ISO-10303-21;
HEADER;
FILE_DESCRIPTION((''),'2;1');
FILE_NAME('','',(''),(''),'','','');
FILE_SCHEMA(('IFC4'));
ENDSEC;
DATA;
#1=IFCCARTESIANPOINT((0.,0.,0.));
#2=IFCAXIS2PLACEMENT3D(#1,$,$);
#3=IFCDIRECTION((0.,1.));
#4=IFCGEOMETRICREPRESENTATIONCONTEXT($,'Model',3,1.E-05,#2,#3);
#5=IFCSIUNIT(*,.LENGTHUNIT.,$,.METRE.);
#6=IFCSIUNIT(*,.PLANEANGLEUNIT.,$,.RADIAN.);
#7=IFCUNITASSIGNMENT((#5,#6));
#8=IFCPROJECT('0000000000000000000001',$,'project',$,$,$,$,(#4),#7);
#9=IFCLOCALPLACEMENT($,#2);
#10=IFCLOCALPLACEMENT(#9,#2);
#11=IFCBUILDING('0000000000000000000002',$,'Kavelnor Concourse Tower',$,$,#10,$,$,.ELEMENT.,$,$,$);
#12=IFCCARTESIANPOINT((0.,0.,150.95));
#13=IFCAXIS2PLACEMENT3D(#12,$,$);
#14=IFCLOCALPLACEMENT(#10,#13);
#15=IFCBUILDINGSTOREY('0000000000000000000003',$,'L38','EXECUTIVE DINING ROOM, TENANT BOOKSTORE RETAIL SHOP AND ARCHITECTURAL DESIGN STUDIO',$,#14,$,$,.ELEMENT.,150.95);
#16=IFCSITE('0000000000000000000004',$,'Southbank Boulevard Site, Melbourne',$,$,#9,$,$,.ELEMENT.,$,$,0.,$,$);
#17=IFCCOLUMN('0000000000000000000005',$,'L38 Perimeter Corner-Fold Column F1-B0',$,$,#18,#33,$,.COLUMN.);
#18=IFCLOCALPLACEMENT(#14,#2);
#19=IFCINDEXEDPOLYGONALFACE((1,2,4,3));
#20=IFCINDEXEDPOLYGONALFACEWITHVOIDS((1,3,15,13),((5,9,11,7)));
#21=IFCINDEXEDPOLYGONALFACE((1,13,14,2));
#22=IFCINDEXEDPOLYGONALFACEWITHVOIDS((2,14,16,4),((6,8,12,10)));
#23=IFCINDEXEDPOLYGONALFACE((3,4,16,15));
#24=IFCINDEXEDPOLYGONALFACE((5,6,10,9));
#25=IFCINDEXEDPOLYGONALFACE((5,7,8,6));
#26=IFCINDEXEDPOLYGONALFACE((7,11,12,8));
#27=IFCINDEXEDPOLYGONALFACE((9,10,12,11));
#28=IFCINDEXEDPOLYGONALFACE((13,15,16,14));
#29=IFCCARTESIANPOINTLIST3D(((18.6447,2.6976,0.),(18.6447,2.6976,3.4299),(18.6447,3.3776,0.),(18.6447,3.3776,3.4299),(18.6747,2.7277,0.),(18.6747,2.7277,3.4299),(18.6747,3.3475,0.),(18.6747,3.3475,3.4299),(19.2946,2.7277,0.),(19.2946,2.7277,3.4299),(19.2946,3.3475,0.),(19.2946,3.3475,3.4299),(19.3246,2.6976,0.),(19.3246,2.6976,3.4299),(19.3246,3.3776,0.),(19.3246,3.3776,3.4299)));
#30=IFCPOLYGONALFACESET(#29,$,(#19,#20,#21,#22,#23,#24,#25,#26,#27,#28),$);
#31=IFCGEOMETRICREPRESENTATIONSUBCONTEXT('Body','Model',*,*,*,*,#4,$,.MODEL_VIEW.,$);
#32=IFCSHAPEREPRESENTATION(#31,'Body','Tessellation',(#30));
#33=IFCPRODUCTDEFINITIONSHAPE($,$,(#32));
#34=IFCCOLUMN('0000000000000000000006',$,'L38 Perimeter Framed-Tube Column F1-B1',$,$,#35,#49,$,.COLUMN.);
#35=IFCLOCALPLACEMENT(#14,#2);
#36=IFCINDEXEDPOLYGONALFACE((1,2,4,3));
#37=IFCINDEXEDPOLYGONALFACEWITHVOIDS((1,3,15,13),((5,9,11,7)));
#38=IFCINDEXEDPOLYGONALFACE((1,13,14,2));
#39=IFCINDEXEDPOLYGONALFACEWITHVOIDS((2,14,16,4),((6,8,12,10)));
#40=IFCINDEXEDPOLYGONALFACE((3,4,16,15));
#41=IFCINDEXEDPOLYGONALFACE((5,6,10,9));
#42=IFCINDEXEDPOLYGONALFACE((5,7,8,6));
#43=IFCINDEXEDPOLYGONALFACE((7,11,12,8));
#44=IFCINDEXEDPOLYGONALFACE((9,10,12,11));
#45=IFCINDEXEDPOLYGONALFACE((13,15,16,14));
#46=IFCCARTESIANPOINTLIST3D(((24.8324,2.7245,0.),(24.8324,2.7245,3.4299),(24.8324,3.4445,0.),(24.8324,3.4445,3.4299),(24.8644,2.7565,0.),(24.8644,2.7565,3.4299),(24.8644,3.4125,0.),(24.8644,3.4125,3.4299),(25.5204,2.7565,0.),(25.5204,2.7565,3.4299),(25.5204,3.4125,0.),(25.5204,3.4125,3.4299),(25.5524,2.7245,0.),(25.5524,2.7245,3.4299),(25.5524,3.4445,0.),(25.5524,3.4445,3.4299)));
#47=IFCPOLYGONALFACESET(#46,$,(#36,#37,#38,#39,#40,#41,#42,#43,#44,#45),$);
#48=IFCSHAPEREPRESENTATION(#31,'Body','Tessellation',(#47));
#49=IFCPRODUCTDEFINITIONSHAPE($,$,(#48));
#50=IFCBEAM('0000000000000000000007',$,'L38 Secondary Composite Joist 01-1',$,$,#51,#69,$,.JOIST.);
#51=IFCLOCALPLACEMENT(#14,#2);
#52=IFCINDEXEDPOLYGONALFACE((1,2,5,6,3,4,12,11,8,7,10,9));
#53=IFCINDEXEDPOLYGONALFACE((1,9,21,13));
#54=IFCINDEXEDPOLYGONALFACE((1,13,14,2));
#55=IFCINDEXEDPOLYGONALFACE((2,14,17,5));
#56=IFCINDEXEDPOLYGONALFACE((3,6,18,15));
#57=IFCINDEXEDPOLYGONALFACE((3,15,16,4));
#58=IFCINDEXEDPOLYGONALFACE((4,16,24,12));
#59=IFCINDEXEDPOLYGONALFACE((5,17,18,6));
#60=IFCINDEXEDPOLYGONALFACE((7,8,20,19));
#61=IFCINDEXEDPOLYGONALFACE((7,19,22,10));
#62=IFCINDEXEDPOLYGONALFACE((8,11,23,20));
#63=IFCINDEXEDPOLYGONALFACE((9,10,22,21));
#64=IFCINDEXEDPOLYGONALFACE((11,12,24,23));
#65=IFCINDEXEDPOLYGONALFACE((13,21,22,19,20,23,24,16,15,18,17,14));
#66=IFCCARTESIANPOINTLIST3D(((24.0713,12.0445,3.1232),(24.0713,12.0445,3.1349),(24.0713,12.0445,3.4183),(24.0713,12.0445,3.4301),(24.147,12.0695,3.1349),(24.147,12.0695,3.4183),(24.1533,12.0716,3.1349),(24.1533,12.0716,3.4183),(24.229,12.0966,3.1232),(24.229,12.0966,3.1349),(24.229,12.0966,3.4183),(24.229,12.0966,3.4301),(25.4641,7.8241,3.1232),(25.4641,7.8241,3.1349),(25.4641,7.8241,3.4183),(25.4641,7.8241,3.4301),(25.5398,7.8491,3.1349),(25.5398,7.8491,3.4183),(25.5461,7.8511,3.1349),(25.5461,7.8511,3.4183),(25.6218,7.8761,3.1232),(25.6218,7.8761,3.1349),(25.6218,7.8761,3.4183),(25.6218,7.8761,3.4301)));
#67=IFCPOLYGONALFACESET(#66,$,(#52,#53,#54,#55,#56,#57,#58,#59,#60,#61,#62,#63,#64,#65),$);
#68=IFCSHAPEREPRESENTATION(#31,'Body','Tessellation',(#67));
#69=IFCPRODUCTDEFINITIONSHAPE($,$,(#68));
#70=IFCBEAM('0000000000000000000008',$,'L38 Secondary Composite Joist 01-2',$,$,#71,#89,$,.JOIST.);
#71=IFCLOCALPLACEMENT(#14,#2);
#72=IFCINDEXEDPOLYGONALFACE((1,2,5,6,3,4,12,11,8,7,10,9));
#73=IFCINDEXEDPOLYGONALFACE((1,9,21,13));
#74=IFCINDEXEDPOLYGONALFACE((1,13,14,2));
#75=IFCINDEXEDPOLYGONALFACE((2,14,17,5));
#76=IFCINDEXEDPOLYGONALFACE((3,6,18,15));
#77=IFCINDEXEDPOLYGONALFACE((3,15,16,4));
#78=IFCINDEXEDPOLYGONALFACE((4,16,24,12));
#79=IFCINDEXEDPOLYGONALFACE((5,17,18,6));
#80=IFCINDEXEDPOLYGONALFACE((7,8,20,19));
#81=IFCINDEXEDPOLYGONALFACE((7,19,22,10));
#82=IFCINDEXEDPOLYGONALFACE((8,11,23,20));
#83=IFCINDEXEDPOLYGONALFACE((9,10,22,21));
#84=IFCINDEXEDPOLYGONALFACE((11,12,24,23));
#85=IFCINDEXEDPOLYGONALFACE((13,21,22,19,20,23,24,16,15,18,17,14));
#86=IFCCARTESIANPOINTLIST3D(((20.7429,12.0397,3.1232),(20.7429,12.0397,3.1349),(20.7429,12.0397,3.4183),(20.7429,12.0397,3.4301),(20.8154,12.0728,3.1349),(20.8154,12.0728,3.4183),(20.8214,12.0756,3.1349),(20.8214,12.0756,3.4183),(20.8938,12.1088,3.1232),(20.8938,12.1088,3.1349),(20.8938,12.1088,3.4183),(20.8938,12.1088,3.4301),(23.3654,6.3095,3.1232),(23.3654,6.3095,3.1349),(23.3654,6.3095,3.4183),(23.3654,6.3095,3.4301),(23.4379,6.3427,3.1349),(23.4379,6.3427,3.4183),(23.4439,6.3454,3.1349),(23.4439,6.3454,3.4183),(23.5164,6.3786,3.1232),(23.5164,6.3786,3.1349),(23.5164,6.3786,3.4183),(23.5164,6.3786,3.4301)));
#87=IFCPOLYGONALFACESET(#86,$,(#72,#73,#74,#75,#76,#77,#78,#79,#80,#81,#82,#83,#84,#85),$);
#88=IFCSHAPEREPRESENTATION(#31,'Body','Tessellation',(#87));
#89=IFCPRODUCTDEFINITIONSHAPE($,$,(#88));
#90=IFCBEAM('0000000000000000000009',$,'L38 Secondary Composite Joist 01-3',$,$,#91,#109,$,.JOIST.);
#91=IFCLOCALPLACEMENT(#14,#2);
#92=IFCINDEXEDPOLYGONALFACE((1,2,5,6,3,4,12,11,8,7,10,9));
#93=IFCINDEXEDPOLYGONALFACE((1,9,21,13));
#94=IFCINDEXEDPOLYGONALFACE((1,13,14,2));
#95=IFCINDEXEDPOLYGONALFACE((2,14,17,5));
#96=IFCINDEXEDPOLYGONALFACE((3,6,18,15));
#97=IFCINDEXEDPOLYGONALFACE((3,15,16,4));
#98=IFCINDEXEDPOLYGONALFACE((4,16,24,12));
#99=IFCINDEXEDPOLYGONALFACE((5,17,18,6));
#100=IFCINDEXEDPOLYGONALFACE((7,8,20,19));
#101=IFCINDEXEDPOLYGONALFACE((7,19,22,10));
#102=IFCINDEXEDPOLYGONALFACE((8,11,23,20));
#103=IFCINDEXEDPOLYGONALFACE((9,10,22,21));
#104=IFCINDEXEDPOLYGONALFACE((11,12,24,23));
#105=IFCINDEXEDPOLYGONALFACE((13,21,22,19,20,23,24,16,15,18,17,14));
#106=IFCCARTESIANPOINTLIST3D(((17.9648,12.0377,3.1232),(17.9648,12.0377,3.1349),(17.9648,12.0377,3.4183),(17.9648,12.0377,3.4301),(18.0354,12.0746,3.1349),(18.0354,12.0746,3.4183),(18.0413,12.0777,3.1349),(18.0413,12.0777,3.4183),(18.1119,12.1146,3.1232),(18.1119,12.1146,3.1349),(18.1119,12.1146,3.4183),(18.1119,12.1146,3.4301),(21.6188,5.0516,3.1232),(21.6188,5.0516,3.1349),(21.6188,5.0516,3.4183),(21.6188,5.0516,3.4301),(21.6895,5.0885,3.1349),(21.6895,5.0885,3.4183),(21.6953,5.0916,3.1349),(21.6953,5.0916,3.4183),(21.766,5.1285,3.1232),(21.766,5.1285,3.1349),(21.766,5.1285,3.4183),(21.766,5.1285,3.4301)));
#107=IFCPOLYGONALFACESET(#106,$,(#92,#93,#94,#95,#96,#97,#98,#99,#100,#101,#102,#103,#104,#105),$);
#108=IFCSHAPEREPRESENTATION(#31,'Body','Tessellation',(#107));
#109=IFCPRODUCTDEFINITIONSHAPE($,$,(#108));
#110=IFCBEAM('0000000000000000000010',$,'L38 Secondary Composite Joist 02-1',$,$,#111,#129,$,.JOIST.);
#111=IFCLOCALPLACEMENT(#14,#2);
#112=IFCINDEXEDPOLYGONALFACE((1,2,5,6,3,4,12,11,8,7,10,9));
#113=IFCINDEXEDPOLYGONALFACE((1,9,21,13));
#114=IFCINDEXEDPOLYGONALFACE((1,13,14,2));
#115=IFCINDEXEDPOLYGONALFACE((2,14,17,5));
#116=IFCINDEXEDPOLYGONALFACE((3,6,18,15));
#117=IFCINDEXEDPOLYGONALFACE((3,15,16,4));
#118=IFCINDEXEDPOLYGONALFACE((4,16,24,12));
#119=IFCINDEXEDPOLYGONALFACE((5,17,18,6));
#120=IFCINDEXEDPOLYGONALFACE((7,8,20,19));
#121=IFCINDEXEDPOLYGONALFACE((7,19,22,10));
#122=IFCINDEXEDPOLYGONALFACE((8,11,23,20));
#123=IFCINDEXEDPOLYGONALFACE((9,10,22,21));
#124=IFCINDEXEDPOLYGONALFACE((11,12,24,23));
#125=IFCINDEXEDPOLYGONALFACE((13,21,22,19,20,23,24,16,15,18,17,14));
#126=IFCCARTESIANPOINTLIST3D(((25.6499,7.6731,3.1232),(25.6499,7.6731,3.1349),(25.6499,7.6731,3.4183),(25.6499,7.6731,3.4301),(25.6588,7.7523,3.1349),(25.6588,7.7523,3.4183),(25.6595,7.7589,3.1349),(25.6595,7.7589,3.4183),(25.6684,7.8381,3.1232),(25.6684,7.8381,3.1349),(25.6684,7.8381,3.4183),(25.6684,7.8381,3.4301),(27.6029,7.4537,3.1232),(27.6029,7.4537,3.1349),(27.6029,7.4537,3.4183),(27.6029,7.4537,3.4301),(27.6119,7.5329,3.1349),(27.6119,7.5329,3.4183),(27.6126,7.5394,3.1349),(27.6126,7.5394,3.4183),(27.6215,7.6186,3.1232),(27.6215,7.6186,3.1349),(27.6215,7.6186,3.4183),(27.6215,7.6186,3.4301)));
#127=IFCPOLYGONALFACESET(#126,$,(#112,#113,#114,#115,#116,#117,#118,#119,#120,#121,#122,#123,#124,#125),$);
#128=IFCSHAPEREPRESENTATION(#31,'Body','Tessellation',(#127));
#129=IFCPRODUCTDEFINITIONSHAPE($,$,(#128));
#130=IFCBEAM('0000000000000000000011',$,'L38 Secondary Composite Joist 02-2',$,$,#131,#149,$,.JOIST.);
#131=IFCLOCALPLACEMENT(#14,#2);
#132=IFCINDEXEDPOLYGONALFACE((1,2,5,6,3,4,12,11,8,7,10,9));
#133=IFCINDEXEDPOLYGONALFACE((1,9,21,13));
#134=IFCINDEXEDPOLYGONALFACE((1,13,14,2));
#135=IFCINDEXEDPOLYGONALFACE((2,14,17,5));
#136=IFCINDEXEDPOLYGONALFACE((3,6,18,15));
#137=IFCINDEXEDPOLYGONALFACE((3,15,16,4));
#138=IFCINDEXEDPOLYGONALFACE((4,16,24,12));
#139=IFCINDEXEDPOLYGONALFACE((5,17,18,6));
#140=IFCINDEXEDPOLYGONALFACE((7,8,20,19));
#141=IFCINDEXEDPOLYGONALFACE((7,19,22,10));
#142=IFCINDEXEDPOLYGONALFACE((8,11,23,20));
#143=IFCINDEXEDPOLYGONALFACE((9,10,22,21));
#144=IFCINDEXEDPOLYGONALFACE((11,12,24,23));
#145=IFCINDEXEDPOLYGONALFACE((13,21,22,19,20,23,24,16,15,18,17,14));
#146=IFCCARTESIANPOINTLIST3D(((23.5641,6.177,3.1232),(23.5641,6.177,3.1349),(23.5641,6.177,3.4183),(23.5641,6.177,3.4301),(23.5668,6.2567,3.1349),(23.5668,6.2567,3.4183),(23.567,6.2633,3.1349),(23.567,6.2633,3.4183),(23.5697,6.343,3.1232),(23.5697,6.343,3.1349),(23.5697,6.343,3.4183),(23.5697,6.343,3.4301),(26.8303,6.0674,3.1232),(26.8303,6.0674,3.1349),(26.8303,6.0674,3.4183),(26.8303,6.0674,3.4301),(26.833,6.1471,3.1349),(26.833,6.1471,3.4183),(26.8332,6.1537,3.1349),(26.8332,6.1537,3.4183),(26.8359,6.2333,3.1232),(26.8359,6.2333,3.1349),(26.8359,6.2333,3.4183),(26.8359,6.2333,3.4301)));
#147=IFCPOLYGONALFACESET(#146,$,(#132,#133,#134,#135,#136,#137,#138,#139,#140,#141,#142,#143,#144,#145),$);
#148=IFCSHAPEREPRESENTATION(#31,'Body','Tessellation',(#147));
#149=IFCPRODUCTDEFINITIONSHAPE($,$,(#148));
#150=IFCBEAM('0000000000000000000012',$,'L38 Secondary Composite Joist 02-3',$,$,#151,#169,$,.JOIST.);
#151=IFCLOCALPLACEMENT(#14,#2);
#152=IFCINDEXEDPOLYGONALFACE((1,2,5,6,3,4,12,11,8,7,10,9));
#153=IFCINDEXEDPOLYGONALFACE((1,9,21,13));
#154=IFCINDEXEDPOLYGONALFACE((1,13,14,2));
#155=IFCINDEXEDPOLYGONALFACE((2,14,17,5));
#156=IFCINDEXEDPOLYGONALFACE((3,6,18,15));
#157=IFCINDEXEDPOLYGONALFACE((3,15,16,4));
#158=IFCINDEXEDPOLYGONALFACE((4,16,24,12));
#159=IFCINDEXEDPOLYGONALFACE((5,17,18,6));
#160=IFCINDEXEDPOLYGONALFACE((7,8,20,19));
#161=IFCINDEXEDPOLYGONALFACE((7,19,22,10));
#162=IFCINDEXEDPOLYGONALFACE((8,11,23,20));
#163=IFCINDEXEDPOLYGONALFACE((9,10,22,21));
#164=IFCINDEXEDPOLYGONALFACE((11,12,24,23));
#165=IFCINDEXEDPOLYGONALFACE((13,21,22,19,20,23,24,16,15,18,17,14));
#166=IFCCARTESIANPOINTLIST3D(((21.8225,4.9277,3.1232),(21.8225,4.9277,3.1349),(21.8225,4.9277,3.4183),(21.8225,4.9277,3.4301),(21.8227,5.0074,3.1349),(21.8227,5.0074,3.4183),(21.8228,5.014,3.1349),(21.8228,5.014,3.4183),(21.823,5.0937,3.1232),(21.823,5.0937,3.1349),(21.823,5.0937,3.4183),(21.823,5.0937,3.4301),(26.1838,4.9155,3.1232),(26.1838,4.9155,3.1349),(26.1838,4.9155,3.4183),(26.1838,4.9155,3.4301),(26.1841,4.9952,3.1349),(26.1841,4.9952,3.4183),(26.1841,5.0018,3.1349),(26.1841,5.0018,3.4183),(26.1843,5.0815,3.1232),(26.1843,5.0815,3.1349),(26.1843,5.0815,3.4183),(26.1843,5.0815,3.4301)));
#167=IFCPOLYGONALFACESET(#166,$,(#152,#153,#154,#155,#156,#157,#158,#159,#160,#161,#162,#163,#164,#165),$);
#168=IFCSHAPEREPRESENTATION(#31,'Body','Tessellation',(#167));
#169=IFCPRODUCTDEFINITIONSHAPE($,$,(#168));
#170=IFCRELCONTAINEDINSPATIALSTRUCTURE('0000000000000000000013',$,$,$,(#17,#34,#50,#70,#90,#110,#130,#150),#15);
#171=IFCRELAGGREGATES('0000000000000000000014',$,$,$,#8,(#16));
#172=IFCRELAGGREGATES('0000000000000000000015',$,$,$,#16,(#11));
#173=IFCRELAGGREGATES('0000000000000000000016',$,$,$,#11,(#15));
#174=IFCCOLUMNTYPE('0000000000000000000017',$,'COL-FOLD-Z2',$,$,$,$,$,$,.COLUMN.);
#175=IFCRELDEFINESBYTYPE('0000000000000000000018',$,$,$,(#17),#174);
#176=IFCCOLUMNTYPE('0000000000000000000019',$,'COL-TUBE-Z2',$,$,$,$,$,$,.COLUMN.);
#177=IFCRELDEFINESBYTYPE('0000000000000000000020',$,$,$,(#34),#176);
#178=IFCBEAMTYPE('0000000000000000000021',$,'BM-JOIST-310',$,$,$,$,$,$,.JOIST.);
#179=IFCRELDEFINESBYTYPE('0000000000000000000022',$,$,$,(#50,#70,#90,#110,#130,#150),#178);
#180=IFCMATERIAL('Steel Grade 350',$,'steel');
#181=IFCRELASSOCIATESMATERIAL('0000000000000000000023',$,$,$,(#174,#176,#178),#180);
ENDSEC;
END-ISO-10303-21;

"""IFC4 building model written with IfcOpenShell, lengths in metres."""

from ifc_helpers import new_model, si_unit, direction, frame, origin, origin_2d, place, context, subcontext, project, spatial, hollow_rectangle, i_section, extrude, material, material_profile, profile_set, type_object, element, save


model = new_model("IFC4")

# Units and contexts
model_context = context("Model", 3, precision=1e-05, world=origin(), true_north=direction((0.0, 1.0)))
body_context = subcontext(model_context, "Body", "Model", "MODEL_VIEW")
ifc_project = project(units=[si_unit("LENGTHUNIT", "METRE"), si_unit("PLANEANGLEUNIT", "RADIAN")], contexts=[model_context])

# Site, building, storey
site_placement = place(None, origin())
site = spatial("IfcSite", under=ifc_project, at=site_placement, Name="Southbank Boulevard Site, Melbourne", CompositionType="ELEMENT", RefElevation=0.0)
building_placement = place(site_placement, origin())
building = spatial("IfcBuilding", under=site, at=building_placement, Name="Kavelnor Concourse Tower", CompositionType="ELEMENT")
storey_placement = place(building_placement, frame((0.0, 0.0, 150.95)))
storey = spatial("IfcBuildingStorey", under=building, at=storey_placement, Name="L38", Description="EXECUTIVE DINING ROOM, TENANT BOOKSTORE RETAIL SHOP AND ARCHITECTURAL DESIGN STUDIO", CompositionType="ELEMENT", Elevation=150.95)

# Columns
ifc_material_1 = material(Name="Steel Grade 350", Category="steel")
ifc_material_profile_1 = material_profile(ifc_material_1, hollow_rectangle(XDim=0.6799, YDim=0.6799, WallThickness=0.03, at=origin_2d()), Name="SHS 680x680x30")
ifc_profile_set_1 = profile_set([ifc_material_profile_1], Name="Steel Grade 350")
column_type_1 = type_object("IfcColumnType", Name="COL-FOLD-Z2", PredefinedType="COLUMN", material=ifc_profile_set_1)
column_1_placement = place(storey_placement, frame((18.9846, 3.0376, 0.0), z_axis=(0.0, 0.0, 1.0), x_axis=(1.0, 0.0, 0.0)))
element("IfcColumn", 1, at=column_1_placement, inside=storey, type_object=column_type_1, Name="L38 Perimeter Corner-Fold Column F1-B0", PredefinedType="COLUMN", context=body_context, shape_type="SweptSolid", body=[
    extrude(hollow_rectangle(XDim=0.6799, YDim=0.6799, WallThickness=0.03, at=origin_2d()), origin(), (0.0, 0.0, 1.0), 3.4299),
])
ifc_material_profile_2 = material_profile(ifc_material_1, hollow_rectangle(XDim=0.72, YDim=0.72, WallThickness=0.032, at=origin_2d()), Name="SHS 720x720x32")
ifc_profile_set_2 = profile_set([ifc_material_profile_2], Name="Steel Grade 350")
column_type_2 = type_object("IfcColumnType", Name="COL-TUBE-Z2", PredefinedType="COLUMN", material=ifc_profile_set_2)
column_2_placement = place(storey_placement, frame((25.1924, 3.0845, 0.0), z_axis=(0.0, 0.0, 1.0), x_axis=(1.0, 0.0, 0.0)))
element("IfcColumn", 2, at=column_2_placement, inside=storey, type_object=column_type_2, Name="L38 Perimeter Framed-Tube Column F1-B1", PredefinedType="COLUMN", context=body_context, shape_type="SweptSolid", body=[
    extrude(hollow_rectangle(XDim=0.72, YDim=0.72, WallThickness=0.032, at=origin_2d()), origin(), (0.0, 0.0, 1.0), 3.4299),
])

# Beams
ifc_material_profile_3 = material_profile(ifc_material_1, i_section(OverallWidth=0.166, OverallDepth=0.3069, WebThickness=0.0066, FlangeThickness=0.0117, at=origin_2d()), Name="310UB46")
ifc_profile_set_3 = profile_set([ifc_material_profile_3], Name="Steel Grade 350")
beam_type_1 = type_object("IfcBeamType", Name="BM-JOIST-310", PredefinedType="JOIST", material=ifc_profile_set_3)
beam_1_placement = place(storey_placement, frame((24.1501, 12.0706, 3.2766), z_axis=(0.313392, -0.949624, 0.0), x_axis=(0.949624, 0.313392, 0.0)))
element("IfcBeam", 3, at=beam_1_placement, inside=storey, type_object=beam_type_1, Name="L38 Secondary Composite Joist 01-1", PredefinedType="JOIST", context=body_context, shape_type="SweptSolid", body=[
    extrude(i_section(OverallWidth=0.166, OverallDepth=0.3069, WebThickness=0.0066, FlangeThickness=0.0117, at=origin_2d()), origin(), (0.0, 0.0, 1.0), 4.4443),
])
beam_2_placement = place(storey_placement, frame((20.8184, 12.0742, 3.2766), z_axis=(0.416157, -0.909293, 0.0), x_axis=(0.909293, 0.416157, 0.0)))
element("IfcBeam", 4, at=beam_2_placement, inside=storey, type_object=beam_type_1, Name="L38 Secondary Composite Joist 01-2", PredefinedType="JOIST", context=body_context, shape_type="SweptSolid", body=[
    extrude(i_section(OverallWidth=0.166, OverallDepth=0.3069, WebThickness=0.0066, FlangeThickness=0.0117, at=origin_2d()), origin(), (0.0, 0.0, 1.0), 6.3018),
])
beam_3_placement = place(storey_placement, frame((18.0383, 12.0762, 3.2766), z_axis=(0.463477, -0.886109, 0.0), x_axis=(0.886109, 0.463477, 0.0)))
element("IfcBeam", 5, at=beam_3_placement, inside=storey, type_object=beam_type_1, Name="L38 Secondary Composite Joist 01-3", PredefinedType="JOIST", context=body_context, shape_type="SweptSolid", body=[
    extrude(i_section(OverallWidth=0.166, OverallDepth=0.3069, WebThickness=0.0066, FlangeThickness=0.0117, at=origin_2d()), origin(), (0.0, 0.0, 1.0), 7.884),
])
beam_4_placement = place(storey_placement, frame((25.6592, 7.7556, 3.2766), z_axis=(0.993745, -0.111672, 0.0), x_axis=(0.111672, 0.993745, 0.0)))
element("IfcBeam", 6, at=beam_4_placement, inside=storey, type_object=beam_type_1, Name="L38 Secondary Composite Joist 02-1", PredefinedType="JOIST", context=body_context, shape_type="SweptSolid", body=[
    extrude(i_section(OverallWidth=0.166, OverallDepth=0.3069, WebThickness=0.0066, FlangeThickness=0.0117, at=origin_2d()), origin(), (0.0, 0.0, 1.0), 1.9653),
])
beam_5_placement = place(storey_placement, frame((23.5669, 6.26, 3.2766), z_axis=(0.999437, -0.033544, 0.0), x_axis=(0.033544, 0.999437, 0.0)))
element("IfcBeam", 7, at=beam_5_placement, inside=storey, type_object=beam_type_1, Name="L38 Secondary Composite Joist 02-2", PredefinedType="JOIST", context=body_context, shape_type="SweptSolid", body=[
    extrude(i_section(OverallWidth=0.166, OverallDepth=0.3069, WebThickness=0.0066, FlangeThickness=0.0117, at=origin_2d()), origin(), (0.0, 0.0, 1.0), 3.2681),
])
beam_6_placement = place(storey_placement, frame((21.8228, 5.0107, 3.2766), z_axis=(0.999996, -0.002799, 0.0), x_axis=(0.002799, 0.999996, 0.0)))
element("IfcBeam", 8, at=beam_6_placement, inside=storey, type_object=beam_type_1, Name="L38 Secondary Composite Joist 02-3", PredefinedType="JOIST", context=body_context, shape_type="SweptSolid", body=[
    extrude(i_section(OverallWidth=0.166, OverallDepth=0.3069, WebThickness=0.0066, FlangeThickness=0.0117, at=origin_2d()), origin(), (0.0, 0.0, 1.0), 4.3613),
])

save(model, "model.ifc")
